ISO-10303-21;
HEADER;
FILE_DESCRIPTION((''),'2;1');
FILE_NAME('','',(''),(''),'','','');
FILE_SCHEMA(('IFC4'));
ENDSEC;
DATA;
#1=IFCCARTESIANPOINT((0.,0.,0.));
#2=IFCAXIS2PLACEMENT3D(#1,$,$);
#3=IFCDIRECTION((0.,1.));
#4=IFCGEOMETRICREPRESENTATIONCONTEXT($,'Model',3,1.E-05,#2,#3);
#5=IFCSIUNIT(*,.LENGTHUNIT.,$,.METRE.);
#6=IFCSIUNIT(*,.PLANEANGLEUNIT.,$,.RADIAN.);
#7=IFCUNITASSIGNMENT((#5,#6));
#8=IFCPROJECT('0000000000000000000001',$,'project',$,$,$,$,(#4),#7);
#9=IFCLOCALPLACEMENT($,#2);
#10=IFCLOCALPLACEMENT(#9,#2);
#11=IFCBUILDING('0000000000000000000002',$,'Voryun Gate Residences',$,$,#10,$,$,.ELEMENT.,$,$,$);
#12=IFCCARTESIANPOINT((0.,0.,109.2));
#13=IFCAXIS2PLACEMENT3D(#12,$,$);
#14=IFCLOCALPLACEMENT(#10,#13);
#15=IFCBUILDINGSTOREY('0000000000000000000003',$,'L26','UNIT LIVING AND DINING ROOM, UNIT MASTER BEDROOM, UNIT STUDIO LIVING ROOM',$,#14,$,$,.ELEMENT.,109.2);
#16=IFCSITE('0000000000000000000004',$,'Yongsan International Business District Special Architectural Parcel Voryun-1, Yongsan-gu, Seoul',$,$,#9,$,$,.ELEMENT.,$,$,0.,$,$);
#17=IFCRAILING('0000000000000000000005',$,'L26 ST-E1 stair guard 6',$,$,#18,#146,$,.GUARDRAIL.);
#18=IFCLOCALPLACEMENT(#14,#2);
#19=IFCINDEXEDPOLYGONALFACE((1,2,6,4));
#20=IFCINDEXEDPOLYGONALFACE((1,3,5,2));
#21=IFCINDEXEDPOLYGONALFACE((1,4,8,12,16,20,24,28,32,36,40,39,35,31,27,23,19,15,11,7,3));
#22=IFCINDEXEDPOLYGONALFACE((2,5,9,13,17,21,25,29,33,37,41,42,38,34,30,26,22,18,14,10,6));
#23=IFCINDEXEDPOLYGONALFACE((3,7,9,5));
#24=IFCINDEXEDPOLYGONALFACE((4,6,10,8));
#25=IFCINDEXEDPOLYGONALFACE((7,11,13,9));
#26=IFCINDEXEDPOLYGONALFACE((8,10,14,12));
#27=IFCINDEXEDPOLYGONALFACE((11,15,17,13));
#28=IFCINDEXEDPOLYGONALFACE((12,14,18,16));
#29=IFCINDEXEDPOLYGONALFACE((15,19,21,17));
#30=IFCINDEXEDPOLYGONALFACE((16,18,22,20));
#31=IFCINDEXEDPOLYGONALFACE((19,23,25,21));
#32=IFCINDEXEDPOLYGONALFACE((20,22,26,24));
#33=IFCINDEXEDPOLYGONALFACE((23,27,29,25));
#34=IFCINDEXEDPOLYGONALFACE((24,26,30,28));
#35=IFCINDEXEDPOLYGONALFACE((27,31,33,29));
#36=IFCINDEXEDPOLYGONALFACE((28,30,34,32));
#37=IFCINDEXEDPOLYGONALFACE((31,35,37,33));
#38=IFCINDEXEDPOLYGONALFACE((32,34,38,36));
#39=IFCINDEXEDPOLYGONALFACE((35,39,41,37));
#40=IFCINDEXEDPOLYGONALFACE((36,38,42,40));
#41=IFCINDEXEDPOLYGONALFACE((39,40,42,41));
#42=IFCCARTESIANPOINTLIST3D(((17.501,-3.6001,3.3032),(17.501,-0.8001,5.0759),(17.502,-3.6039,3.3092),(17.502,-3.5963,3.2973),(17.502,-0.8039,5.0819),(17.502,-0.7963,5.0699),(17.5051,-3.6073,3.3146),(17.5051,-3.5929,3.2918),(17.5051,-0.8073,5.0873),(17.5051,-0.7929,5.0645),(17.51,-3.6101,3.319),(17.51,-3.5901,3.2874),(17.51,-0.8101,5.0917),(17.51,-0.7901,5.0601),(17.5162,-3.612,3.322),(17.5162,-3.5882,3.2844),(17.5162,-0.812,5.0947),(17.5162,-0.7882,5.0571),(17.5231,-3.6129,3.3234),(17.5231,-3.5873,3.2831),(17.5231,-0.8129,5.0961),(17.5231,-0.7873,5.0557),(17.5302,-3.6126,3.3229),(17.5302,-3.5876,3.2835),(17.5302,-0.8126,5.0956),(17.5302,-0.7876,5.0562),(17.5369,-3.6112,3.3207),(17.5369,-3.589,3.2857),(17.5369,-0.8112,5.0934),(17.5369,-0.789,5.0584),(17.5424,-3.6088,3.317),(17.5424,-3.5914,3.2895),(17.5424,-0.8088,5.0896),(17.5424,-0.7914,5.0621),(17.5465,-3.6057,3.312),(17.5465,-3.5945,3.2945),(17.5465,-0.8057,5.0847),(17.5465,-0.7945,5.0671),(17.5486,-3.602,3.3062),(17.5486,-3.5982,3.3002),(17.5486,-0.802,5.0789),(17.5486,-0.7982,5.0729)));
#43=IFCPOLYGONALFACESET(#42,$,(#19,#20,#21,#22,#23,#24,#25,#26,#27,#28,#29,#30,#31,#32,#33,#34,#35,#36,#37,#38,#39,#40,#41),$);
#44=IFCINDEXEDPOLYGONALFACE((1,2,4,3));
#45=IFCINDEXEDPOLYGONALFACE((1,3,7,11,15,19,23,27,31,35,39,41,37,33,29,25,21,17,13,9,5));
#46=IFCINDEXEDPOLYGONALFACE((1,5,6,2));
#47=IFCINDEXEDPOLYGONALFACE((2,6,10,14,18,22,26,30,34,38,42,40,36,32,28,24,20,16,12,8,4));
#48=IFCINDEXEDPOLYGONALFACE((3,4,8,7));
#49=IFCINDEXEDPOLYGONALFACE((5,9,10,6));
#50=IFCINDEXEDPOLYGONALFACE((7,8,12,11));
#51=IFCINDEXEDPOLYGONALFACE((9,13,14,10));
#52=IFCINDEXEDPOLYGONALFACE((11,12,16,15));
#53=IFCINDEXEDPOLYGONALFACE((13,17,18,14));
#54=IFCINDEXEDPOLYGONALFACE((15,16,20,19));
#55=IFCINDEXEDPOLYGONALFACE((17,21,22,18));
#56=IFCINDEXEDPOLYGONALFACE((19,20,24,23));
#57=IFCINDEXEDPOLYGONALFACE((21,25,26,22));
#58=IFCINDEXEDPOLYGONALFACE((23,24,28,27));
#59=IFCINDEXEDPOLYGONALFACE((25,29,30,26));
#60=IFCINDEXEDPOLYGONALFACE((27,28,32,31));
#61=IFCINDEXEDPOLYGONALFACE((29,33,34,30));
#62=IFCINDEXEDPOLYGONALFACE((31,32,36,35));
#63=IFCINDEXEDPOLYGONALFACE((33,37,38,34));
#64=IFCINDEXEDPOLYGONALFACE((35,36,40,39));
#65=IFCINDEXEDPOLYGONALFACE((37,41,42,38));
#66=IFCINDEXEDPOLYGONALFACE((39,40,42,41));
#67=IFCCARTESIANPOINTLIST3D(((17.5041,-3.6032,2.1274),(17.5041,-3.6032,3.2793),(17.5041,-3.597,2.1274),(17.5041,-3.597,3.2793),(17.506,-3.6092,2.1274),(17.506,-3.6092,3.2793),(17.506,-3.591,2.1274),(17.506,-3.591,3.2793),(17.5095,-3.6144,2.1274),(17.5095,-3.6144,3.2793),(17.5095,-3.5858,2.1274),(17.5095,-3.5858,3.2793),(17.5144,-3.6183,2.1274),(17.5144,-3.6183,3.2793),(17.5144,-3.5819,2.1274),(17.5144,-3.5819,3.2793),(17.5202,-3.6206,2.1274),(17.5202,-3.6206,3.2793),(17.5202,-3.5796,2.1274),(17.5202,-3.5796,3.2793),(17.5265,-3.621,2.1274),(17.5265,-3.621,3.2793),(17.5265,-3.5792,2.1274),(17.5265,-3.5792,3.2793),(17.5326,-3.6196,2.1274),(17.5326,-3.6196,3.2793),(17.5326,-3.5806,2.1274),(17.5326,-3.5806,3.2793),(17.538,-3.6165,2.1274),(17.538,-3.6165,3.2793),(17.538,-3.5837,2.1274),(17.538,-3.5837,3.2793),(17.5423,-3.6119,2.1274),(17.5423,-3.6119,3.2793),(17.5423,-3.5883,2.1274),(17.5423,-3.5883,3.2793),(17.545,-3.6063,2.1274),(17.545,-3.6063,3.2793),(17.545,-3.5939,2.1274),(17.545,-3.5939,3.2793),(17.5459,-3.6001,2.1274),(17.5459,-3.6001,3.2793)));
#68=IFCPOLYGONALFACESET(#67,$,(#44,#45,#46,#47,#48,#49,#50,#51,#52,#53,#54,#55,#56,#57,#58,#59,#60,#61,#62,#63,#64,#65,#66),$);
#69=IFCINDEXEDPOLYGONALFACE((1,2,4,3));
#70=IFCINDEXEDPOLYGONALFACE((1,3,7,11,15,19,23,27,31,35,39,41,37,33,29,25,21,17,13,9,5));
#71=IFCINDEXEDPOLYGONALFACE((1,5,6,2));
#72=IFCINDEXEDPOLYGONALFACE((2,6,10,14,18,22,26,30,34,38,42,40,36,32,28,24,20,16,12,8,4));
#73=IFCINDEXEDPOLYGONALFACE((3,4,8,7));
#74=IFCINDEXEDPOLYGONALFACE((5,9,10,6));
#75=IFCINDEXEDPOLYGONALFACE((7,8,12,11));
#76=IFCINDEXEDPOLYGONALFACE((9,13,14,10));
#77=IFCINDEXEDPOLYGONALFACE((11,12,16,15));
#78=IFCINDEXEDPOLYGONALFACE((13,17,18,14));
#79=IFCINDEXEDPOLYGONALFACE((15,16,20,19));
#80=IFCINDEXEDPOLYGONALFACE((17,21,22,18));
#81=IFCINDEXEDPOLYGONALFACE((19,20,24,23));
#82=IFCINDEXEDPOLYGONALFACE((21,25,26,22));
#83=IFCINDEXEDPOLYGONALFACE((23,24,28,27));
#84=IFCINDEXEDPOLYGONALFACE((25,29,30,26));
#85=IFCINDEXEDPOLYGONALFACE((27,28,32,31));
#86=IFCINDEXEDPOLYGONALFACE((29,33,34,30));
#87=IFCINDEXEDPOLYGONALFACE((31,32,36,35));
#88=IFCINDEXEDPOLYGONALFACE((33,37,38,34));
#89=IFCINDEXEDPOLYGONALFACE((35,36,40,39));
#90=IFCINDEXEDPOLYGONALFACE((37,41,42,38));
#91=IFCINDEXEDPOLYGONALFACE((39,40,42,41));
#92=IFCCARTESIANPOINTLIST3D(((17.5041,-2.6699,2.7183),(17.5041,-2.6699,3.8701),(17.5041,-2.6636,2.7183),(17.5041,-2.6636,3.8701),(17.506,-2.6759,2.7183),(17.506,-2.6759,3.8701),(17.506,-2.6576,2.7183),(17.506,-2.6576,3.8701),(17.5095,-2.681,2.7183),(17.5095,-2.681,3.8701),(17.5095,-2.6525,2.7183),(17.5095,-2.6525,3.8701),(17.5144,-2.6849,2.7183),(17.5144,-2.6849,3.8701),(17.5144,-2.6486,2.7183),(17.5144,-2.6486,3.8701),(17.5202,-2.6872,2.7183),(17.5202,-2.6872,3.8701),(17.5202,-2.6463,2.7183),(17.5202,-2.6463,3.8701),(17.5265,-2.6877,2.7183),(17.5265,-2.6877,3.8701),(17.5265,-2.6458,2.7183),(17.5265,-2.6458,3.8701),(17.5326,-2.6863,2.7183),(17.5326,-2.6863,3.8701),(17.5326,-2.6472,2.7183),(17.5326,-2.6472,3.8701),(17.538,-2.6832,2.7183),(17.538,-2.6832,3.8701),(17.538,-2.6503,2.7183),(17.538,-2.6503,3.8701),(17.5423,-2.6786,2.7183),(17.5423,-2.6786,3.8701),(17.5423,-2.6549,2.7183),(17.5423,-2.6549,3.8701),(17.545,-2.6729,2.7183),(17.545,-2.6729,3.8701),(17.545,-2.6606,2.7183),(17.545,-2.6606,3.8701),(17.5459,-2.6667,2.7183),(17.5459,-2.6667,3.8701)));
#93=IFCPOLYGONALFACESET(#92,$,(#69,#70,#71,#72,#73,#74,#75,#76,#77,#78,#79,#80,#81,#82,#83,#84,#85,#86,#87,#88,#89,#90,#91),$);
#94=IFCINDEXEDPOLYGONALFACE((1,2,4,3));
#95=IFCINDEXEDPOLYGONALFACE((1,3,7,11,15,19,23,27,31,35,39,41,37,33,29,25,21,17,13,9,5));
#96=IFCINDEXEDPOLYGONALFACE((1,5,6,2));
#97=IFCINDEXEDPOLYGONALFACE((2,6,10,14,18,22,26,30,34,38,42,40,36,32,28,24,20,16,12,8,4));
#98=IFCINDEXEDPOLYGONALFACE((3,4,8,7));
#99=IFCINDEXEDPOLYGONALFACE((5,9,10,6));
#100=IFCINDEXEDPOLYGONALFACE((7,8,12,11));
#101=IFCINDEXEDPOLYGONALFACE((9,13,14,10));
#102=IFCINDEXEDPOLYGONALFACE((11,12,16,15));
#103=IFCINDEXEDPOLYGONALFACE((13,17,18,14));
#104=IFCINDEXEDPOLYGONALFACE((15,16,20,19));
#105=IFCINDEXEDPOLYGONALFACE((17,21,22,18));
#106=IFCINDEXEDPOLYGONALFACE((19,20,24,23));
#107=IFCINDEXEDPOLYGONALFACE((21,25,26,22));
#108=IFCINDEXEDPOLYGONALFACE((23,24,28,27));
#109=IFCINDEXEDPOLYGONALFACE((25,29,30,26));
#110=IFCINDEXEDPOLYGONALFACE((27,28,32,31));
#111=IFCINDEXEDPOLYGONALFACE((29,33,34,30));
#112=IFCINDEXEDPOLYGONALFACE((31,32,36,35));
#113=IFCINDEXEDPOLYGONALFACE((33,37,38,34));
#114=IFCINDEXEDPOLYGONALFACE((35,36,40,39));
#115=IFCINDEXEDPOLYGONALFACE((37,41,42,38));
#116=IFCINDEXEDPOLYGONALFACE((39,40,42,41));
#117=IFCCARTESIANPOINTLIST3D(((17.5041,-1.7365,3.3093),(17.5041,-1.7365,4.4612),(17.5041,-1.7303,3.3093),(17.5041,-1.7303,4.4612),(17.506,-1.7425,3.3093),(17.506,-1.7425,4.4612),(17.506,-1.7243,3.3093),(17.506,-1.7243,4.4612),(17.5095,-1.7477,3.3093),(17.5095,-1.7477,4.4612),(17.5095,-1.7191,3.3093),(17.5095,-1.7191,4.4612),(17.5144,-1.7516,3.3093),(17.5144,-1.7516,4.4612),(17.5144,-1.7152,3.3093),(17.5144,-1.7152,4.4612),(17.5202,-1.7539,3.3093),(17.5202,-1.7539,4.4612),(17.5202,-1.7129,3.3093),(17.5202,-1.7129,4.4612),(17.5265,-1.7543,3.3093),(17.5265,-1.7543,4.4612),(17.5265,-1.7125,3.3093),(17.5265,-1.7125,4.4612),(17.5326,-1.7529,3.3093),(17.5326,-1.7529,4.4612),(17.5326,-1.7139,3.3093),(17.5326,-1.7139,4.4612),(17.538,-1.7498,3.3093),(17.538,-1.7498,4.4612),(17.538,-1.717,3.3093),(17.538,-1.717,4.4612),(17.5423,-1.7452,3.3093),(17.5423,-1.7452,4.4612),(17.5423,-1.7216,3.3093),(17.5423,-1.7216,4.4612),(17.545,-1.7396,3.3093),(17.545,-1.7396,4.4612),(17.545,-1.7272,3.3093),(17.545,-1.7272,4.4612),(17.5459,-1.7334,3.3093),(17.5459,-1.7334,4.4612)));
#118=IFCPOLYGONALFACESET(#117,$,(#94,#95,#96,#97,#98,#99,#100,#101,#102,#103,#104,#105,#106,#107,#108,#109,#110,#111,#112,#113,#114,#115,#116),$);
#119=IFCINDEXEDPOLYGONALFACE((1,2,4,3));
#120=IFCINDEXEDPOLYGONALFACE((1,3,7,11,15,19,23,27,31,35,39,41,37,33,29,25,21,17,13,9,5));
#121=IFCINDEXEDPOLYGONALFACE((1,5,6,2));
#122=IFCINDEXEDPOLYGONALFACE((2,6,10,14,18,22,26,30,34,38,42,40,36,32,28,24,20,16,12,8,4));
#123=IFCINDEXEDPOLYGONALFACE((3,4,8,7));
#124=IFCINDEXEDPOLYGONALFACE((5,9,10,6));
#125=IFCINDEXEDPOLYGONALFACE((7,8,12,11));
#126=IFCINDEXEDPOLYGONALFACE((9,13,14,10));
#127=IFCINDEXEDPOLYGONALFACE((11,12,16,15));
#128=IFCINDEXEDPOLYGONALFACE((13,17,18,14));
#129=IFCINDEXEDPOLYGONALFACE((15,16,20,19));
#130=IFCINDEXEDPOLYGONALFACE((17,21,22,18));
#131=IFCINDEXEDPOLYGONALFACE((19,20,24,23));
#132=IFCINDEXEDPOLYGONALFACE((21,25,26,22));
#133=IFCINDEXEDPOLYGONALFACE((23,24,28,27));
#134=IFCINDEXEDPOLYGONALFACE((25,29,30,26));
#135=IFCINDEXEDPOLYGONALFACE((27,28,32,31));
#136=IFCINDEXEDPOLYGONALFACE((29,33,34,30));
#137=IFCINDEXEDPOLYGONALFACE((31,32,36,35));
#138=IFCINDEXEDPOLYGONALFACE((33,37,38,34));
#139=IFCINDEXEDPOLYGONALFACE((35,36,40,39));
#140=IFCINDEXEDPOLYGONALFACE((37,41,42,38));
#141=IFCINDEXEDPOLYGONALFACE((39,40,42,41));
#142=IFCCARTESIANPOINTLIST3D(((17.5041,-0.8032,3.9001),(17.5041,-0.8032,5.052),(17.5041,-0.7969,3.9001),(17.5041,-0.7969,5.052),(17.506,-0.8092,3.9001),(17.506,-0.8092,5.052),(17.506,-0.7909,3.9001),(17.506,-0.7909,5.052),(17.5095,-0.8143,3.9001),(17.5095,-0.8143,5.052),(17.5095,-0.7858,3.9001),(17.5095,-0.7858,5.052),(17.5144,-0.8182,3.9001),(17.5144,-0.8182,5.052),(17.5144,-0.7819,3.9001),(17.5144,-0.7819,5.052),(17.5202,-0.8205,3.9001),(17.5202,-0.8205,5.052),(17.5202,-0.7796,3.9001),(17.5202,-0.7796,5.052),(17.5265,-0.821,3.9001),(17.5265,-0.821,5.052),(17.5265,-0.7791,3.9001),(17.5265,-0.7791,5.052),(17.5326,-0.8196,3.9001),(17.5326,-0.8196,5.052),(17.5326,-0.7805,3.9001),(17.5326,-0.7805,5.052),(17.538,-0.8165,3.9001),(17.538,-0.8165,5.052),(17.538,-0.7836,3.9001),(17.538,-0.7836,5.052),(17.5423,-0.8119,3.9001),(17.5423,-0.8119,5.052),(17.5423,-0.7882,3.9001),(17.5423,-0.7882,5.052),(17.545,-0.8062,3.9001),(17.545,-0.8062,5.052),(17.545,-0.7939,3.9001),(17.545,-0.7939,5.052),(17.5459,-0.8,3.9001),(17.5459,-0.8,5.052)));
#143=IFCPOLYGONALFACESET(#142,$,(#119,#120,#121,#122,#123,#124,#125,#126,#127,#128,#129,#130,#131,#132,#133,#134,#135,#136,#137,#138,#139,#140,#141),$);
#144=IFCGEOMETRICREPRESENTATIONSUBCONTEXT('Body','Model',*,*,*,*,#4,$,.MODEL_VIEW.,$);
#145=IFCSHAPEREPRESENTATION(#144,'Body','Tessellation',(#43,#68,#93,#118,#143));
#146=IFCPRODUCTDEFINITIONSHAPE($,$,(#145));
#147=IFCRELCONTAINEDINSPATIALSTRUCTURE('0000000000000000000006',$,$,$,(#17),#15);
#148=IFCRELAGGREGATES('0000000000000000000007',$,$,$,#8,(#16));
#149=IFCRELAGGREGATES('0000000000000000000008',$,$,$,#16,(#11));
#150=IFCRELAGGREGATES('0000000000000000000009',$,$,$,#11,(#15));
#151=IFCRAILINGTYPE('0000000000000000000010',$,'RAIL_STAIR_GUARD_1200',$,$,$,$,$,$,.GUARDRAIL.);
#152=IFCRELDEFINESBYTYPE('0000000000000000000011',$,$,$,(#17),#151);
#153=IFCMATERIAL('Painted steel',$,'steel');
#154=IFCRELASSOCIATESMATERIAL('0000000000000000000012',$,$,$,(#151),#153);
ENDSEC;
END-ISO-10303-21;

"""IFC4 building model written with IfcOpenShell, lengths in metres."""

from ifc_helpers import new_model, si_unit, direction, frame, origin, origin_2d, place, context, subcontext, project, spatial, circle, extrude, material, type_object, element, save


model = new_model("IFC4")

# Units and contexts
model_context = context("Model", 3, precision=1e-05, world=origin(), true_north=direction((0.0, 1.0)))
body_context = subcontext(model_context, "Body", "Model", "MODEL_VIEW")
ifc_project = project(units=[si_unit("LENGTHUNIT", "METRE"), si_unit("PLANEANGLEUNIT", "RADIAN")], contexts=[model_context])

# Site, building, storey
site_placement = place(None, origin())
site = spatial("IfcSite", under=ifc_project, at=site_placement, Name="Yongsan International Business District Special Architectural Parcel Voryun-1, Yongsan-gu, Seoul", CompositionType="ELEMENT", RefElevation=0.0)
building_placement = place(site_placement, origin())
building = spatial("IfcBuilding", under=site, at=building_placement, Name="Voryun Gate Residences", CompositionType="ELEMENT")
storey_placement = place(building_placement, frame((0.0, 0.0, 109.2)))
storey = spatial("IfcBuildingStorey", under=building, at=storey_placement, Name="L26", Description="UNIT LIVING AND DINING ROOM, UNIT MASTER BEDROOM, UNIT STUDIO LIVING ROOM", CompositionType="ELEMENT", Elevation=109.2)

# Railing
ifc_material_1 = material(Name="Painted steel", Category="steel")
railing_type_1 = type_object("IfcRailingType", Name="RAIL_STAIR_GUARD_1200", PredefinedType="GUARDRAIL", material=ifc_material_1)
railing_1_placement = place(storey_placement, frame((17.5249, -3.6001, 2.1274)))
element("IfcRailing", 1, at=railing_1_placement, inside=storey, type_object=railing_type_1, Name="L26 ST-E1 stair guard 6", PredefinedType="GUARDRAIL", context=body_context, shape_type="SweptSolid", body=[
    extrude(circle(Radius=0.0239, at=origin_2d()), frame((0.0, 0.0, 1.1758), z_axis=(0.0, 0.844909, 0.53491), x_axis=(-1.0, 0.0, 0.0)), (0.0, 0.0, 1.0), 3.314),
    extrude(circle(Radius=0.021, at=origin_2d()), origin(), (0.0, 0.0, 1.0), 1.1519),
    extrude(circle(Radius=0.021, at=origin_2d()), frame((0.0, 0.9333, 0.5908)), (0.0, 0.0, 1.0), 1.1519),
    extrude(circle(Radius=0.021, at=origin_2d()), frame((0.0, 1.8667, 1.1819)), (0.0, 0.0, 1.0), 1.1519),
    extrude(circle(Radius=0.021, at=origin_2d()), frame((0.0, 2.8, 1.7727)), (0.0, 0.0, 1.0), 1.1519),
])

save(model, "model.ifc")
